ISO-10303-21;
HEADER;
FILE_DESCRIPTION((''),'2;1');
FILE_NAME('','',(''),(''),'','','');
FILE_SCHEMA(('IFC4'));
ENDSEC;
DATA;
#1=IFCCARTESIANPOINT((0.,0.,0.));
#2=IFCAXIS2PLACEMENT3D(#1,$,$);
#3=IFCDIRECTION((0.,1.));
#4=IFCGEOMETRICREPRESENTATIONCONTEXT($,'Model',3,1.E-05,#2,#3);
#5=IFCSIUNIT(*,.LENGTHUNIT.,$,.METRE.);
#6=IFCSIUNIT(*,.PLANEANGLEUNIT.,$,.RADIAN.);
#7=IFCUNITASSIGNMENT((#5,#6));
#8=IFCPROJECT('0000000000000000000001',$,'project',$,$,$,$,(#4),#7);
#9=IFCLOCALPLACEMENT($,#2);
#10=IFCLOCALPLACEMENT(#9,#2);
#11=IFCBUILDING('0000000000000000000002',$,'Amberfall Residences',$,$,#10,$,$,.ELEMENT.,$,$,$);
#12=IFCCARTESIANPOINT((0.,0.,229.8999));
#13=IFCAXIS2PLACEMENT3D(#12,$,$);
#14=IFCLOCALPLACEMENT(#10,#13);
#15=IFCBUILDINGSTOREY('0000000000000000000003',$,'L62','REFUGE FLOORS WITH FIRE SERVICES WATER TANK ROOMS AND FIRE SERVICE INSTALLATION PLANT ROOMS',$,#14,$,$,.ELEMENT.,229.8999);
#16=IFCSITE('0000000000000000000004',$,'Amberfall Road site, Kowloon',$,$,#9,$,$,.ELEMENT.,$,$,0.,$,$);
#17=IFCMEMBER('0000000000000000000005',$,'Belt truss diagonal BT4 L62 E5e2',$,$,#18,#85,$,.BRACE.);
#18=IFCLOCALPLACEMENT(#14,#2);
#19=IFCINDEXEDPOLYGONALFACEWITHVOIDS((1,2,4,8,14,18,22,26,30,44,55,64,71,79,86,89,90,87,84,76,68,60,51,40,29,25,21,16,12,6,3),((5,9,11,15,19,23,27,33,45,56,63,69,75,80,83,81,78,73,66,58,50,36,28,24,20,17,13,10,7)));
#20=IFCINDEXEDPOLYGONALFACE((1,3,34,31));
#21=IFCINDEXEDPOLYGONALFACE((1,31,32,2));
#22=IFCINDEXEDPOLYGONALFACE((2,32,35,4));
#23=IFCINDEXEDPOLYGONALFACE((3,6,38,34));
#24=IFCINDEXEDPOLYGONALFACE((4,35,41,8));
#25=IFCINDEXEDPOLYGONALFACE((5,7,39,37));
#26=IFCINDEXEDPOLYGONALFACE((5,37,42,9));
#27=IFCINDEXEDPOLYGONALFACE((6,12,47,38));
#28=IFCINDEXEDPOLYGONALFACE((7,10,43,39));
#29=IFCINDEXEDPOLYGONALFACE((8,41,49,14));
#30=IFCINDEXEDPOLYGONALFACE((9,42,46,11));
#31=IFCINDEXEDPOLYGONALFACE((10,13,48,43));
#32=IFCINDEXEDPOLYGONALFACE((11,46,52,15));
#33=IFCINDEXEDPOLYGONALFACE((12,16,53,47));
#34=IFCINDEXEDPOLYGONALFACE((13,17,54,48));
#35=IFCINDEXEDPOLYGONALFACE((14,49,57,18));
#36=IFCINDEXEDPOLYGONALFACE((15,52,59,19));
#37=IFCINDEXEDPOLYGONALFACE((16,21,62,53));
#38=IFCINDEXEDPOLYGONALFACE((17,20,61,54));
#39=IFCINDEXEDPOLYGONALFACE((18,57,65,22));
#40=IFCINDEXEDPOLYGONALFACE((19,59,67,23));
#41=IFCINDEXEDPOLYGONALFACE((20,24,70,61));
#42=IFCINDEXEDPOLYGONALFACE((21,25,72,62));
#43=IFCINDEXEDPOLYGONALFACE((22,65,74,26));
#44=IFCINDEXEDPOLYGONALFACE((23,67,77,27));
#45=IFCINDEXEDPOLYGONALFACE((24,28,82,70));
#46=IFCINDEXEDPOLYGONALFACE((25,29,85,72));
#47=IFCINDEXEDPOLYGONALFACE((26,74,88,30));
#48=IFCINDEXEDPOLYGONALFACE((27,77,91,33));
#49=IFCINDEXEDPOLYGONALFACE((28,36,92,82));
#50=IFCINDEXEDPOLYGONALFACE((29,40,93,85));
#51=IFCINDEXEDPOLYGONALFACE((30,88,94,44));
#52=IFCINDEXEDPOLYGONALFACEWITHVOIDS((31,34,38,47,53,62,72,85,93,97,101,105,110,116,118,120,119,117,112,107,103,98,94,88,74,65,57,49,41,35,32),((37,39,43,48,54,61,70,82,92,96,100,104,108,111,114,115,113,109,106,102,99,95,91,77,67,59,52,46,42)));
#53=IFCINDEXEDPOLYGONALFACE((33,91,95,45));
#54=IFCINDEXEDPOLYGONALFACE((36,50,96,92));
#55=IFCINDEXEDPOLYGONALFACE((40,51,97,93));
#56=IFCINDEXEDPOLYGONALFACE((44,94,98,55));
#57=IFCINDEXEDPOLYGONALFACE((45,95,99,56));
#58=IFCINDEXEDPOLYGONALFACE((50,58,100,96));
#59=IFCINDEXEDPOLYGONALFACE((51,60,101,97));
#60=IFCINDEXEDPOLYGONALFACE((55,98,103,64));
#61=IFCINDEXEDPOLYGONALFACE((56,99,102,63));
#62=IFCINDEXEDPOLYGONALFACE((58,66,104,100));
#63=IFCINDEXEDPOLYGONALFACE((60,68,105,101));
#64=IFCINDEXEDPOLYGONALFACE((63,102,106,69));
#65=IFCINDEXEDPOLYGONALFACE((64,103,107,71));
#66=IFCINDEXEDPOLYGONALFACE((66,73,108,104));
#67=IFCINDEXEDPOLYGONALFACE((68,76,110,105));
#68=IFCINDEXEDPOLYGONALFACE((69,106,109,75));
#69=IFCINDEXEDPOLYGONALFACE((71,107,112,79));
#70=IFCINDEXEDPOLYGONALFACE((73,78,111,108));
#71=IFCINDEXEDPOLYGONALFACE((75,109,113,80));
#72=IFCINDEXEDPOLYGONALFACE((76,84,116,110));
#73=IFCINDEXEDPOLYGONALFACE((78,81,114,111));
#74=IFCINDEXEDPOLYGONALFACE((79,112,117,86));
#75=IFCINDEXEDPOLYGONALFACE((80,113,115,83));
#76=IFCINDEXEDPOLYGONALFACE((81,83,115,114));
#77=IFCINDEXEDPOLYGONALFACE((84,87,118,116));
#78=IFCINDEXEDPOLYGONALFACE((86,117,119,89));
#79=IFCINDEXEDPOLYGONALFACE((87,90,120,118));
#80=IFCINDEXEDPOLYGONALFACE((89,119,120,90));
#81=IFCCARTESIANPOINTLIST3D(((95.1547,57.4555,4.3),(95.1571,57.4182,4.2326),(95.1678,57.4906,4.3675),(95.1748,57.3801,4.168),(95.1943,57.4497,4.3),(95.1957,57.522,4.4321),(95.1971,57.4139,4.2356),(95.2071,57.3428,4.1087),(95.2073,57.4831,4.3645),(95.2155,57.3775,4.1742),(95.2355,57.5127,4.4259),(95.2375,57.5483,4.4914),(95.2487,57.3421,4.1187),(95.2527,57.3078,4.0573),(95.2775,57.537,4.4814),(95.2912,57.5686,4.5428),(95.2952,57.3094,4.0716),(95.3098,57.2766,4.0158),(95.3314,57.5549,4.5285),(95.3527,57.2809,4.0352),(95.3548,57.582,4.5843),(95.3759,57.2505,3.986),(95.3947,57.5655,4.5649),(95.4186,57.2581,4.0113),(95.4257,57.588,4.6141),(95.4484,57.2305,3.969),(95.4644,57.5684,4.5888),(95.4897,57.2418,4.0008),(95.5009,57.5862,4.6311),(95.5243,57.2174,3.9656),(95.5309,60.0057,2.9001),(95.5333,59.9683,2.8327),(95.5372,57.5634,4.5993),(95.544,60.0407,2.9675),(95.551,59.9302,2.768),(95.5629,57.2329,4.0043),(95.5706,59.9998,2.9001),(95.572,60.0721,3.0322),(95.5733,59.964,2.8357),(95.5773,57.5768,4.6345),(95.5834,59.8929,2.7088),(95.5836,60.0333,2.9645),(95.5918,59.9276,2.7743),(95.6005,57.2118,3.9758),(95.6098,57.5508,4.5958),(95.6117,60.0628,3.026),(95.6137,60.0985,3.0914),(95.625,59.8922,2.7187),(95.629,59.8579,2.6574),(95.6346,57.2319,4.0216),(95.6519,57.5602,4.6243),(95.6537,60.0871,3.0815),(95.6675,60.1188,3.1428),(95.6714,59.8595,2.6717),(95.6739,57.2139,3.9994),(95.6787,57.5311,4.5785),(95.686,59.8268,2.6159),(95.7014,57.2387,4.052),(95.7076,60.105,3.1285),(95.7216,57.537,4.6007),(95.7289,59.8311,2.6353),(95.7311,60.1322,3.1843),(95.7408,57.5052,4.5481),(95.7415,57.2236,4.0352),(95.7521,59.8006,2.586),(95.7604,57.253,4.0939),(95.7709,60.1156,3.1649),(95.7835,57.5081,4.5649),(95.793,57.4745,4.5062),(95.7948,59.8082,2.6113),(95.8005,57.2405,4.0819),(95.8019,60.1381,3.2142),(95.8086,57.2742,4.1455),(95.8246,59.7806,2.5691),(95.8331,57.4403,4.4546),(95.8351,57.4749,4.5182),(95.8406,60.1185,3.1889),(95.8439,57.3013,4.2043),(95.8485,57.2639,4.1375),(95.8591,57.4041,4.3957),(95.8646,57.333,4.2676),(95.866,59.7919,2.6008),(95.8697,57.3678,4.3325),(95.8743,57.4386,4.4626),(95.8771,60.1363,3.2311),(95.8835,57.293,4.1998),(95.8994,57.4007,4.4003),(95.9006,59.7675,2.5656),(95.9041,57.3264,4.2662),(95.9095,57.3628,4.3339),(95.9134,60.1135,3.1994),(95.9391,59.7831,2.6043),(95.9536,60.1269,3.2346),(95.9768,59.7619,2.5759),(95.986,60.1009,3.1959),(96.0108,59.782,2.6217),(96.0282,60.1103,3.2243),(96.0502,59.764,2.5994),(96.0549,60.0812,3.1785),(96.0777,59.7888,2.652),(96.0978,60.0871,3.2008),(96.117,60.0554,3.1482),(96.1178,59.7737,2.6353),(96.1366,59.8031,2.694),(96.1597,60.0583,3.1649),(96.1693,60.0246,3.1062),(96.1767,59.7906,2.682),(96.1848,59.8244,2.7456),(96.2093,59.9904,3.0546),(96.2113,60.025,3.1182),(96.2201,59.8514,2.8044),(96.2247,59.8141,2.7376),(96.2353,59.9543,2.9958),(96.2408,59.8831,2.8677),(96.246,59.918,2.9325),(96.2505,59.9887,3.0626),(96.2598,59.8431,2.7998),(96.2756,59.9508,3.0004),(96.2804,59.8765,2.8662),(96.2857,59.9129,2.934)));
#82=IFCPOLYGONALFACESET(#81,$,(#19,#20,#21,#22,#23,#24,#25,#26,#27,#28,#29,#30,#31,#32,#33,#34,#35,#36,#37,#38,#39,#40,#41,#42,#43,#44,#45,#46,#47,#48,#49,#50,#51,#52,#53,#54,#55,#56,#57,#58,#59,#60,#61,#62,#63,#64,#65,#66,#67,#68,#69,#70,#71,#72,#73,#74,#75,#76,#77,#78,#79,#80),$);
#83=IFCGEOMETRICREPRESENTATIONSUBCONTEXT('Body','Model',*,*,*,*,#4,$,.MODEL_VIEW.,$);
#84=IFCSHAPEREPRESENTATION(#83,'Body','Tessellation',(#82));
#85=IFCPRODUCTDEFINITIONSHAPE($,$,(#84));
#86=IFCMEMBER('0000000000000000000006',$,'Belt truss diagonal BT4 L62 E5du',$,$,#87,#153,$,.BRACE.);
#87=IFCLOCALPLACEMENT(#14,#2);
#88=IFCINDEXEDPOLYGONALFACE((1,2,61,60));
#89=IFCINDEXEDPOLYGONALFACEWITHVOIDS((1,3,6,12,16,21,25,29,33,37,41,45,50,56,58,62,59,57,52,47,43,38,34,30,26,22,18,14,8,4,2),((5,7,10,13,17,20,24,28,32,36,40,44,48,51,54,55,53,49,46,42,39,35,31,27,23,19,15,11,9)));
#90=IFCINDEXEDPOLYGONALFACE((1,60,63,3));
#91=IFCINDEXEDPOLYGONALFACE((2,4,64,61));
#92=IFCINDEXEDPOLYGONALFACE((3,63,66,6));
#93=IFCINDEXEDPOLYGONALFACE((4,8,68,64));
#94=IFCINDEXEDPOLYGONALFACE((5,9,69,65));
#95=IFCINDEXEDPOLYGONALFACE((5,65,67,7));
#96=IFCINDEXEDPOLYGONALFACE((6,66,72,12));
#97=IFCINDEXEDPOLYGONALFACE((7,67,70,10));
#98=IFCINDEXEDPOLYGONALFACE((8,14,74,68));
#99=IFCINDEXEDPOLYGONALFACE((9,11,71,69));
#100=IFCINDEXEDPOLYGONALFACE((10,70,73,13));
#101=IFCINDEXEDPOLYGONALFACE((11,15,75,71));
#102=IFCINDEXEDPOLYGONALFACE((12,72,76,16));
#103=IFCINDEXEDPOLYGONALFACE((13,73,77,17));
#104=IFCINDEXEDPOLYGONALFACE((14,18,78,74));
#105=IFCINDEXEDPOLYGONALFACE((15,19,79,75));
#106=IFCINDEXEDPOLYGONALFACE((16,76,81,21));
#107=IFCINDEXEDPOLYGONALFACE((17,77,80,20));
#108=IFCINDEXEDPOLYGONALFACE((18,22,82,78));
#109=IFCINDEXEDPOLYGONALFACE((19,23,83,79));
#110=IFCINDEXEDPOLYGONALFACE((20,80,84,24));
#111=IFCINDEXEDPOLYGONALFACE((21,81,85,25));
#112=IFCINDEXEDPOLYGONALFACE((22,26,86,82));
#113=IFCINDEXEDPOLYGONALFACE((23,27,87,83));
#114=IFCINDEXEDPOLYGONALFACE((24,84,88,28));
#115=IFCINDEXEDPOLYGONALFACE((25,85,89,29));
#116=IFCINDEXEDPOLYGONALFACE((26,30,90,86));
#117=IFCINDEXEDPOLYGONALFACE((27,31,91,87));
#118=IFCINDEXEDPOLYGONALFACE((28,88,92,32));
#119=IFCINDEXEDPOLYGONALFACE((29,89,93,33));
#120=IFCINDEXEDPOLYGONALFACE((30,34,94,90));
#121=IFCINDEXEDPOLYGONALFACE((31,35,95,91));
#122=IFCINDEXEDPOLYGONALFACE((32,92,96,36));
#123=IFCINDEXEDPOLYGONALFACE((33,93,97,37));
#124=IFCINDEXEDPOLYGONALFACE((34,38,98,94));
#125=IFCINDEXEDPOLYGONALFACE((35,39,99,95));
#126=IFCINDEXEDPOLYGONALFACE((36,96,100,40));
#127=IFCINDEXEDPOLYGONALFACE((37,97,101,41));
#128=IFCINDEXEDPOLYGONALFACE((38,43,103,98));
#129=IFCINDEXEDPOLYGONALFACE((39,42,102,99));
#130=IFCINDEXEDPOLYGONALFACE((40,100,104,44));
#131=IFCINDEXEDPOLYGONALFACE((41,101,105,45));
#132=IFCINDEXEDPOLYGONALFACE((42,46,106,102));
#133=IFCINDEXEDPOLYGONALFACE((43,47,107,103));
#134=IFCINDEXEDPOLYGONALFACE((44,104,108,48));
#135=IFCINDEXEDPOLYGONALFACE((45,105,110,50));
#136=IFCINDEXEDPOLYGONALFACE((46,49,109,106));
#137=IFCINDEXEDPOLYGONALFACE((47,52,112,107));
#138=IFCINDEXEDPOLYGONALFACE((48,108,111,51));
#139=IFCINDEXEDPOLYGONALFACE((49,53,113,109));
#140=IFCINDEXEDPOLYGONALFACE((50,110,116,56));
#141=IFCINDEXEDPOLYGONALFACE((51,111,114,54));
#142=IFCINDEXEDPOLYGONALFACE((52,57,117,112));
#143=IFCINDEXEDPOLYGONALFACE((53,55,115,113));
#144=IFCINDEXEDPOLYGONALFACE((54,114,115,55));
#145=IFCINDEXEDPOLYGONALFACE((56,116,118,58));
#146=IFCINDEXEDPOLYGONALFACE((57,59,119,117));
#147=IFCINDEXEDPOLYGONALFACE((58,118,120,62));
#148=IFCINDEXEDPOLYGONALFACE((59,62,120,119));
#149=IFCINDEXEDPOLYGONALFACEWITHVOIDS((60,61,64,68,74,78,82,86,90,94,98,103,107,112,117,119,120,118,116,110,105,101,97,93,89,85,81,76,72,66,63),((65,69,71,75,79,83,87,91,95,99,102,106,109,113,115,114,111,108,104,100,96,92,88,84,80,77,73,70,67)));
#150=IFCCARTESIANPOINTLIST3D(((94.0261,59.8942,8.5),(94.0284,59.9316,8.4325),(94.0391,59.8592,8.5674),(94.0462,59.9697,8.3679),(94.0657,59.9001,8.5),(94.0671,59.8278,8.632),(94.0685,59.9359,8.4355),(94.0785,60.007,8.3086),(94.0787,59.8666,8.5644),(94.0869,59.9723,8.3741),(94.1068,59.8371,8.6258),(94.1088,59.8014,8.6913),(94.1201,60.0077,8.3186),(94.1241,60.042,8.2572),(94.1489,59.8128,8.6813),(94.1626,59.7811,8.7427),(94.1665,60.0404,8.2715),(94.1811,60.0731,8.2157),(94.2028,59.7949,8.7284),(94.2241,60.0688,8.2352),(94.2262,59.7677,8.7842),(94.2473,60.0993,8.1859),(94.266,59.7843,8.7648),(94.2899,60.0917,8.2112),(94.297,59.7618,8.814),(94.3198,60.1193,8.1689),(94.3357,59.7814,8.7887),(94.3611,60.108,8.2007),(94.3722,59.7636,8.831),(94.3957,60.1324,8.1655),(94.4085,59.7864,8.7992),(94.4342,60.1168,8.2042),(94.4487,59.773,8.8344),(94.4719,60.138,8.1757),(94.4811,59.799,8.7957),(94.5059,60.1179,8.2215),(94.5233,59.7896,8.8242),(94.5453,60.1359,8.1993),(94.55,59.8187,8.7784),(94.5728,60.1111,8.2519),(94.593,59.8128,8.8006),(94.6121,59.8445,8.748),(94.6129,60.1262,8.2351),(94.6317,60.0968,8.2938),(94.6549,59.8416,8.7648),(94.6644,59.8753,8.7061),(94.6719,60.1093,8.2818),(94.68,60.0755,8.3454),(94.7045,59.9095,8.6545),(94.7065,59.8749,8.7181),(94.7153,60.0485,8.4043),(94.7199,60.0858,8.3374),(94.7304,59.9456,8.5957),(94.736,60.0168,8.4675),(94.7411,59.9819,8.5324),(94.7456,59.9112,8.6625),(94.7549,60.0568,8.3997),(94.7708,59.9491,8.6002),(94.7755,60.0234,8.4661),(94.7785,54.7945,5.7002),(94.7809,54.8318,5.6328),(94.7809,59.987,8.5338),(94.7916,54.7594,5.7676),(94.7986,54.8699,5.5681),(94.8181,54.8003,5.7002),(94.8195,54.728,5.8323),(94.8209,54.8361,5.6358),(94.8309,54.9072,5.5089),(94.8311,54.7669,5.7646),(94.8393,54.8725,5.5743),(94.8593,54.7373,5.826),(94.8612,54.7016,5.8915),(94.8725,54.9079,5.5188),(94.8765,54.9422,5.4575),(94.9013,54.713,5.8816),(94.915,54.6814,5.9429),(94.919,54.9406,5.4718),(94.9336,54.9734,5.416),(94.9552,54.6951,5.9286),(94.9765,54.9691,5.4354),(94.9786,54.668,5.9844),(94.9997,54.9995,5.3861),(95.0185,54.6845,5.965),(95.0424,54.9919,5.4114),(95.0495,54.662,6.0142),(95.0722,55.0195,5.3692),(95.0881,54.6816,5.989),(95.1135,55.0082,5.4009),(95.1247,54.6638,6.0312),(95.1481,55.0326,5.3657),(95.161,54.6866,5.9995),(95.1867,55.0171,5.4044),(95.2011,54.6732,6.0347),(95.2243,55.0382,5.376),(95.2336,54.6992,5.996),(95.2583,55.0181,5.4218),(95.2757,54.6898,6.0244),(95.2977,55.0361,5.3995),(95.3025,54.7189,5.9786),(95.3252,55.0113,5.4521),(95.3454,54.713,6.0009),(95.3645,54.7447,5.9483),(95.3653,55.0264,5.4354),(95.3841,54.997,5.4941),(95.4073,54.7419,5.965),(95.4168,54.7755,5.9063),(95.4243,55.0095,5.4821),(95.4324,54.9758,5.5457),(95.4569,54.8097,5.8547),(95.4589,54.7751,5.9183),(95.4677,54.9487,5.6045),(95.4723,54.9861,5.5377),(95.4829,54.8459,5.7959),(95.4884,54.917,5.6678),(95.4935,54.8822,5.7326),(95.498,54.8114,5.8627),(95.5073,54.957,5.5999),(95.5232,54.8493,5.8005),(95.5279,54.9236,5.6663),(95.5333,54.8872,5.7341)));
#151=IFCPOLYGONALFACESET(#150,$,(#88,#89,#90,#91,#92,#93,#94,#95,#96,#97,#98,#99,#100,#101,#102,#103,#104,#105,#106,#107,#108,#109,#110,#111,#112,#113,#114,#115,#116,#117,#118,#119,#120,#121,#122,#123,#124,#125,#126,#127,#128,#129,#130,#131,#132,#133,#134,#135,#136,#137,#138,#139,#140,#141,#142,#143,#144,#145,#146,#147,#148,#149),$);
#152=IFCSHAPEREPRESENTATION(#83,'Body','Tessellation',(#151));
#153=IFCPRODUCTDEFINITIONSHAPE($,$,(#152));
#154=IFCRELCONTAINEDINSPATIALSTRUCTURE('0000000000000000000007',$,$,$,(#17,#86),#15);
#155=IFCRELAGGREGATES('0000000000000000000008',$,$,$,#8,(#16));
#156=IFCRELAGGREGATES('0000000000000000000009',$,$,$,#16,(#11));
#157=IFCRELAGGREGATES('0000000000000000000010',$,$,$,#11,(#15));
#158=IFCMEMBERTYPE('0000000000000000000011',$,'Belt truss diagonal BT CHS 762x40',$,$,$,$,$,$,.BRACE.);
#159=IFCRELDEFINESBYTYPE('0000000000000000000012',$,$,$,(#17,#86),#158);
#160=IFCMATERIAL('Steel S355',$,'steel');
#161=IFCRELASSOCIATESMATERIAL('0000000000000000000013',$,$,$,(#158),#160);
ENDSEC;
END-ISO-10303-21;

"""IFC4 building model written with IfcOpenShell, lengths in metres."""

from ifc_helpers import new_model, si_unit, direction, frame, origin, origin_2d, place, context, subcontext, project, spatial, hollow_circle, extrude, material, material_profile, profile_set, type_object, element, save


model = new_model("IFC4")

# Units and contexts
model_context = context("Model", 3, precision=1e-05, world=origin(), true_north=direction((0.0, 1.0)))
body_context = subcontext(model_context, "Body", "Model", "MODEL_VIEW")
ifc_project = project(units=[si_unit("LENGTHUNIT", "METRE"), si_unit("PLANEANGLEUNIT", "RADIAN")], contexts=[model_context])

# Site, building, storey
site_placement = place(None, origin())
site = spatial("IfcSite", under=ifc_project, at=site_placement, Name="Amberfall Road site, Kowloon", CompositionType="ELEMENT", RefElevation=0.0)
building_placement = place(site_placement, origin())
building = spatial("IfcBuilding", under=site, at=building_placement, Name="Amberfall Residences", CompositionType="ELEMENT")
storey_placement = place(building_placement, frame((0.0, 0.0, 229.8999)))
storey = spatial("IfcBuildingStorey", under=building, at=storey_placement, Name="L62", Description="REFUGE FLOORS WITH FIRE SERVICES WATER TANK ROOMS AND FIRE SERVICE INSTALLATION PLANT ROOMS", CompositionType="ELEMENT", Elevation=229.8999)

# Shared definitions
ifc_material_1 = material(Name="Steel S355", Category="steel")

# Members
ifc_material_profile_1 = material_profile(ifc_material_1, hollow_circle(Radius=0.3811, WallThickness=0.04, at=origin_2d()), Name="CHS 762x40")
ifc_profile_set_1 = profile_set([ifc_material_profile_1], Name="Steel S355")
member_type = type_object("IfcMemberType", Name="Belt truss diagonal BT CHS 762x40", PredefinedType="BRACE", material=ifc_profile_set_1)
member_1_placement = place(storey_placement, frame((95.5317, 57.3999, 4.3), z_axis=(0.12826, 0.869356, -0.477251), x_axis=(-0.989291, 0.145955, 0.0)))
element("IfcMember", 1, at=member_1_placement, inside=storey, type_object=member_type, Name="Belt truss diagonal BT4 L62 E5e2", PredefinedType="BRACE", context=body_context, shape_type="SweptSolid", body=[
    extrude(hollow_circle(Radius=0.3811, WallThickness=0.04, at=origin_2d()), origin(), (0.0, 0.0, 1.0), 2.9333),
])
member_2_placement = place(storey_placement, frame((95.1555, 54.8501, 5.7002), z_axis=(-0.128265, 0.869346, 0.477269), x_axis=(-0.98929, -0.145962, 0.0)))
element("IfcMember", 2, at=member_2_placement, inside=storey, type_object=member_type, Name="Belt truss diagonal BT4 L62 E5du", PredefinedType="BRACE", context=body_context, shape_type="SweptSolid", body=[
    extrude(hollow_circle(Radius=0.3811, WallThickness=0.04, at=origin_2d()), origin(), (0.0, 0.0, 1.0), 5.8662),
])

save(model, "model.ifc")
